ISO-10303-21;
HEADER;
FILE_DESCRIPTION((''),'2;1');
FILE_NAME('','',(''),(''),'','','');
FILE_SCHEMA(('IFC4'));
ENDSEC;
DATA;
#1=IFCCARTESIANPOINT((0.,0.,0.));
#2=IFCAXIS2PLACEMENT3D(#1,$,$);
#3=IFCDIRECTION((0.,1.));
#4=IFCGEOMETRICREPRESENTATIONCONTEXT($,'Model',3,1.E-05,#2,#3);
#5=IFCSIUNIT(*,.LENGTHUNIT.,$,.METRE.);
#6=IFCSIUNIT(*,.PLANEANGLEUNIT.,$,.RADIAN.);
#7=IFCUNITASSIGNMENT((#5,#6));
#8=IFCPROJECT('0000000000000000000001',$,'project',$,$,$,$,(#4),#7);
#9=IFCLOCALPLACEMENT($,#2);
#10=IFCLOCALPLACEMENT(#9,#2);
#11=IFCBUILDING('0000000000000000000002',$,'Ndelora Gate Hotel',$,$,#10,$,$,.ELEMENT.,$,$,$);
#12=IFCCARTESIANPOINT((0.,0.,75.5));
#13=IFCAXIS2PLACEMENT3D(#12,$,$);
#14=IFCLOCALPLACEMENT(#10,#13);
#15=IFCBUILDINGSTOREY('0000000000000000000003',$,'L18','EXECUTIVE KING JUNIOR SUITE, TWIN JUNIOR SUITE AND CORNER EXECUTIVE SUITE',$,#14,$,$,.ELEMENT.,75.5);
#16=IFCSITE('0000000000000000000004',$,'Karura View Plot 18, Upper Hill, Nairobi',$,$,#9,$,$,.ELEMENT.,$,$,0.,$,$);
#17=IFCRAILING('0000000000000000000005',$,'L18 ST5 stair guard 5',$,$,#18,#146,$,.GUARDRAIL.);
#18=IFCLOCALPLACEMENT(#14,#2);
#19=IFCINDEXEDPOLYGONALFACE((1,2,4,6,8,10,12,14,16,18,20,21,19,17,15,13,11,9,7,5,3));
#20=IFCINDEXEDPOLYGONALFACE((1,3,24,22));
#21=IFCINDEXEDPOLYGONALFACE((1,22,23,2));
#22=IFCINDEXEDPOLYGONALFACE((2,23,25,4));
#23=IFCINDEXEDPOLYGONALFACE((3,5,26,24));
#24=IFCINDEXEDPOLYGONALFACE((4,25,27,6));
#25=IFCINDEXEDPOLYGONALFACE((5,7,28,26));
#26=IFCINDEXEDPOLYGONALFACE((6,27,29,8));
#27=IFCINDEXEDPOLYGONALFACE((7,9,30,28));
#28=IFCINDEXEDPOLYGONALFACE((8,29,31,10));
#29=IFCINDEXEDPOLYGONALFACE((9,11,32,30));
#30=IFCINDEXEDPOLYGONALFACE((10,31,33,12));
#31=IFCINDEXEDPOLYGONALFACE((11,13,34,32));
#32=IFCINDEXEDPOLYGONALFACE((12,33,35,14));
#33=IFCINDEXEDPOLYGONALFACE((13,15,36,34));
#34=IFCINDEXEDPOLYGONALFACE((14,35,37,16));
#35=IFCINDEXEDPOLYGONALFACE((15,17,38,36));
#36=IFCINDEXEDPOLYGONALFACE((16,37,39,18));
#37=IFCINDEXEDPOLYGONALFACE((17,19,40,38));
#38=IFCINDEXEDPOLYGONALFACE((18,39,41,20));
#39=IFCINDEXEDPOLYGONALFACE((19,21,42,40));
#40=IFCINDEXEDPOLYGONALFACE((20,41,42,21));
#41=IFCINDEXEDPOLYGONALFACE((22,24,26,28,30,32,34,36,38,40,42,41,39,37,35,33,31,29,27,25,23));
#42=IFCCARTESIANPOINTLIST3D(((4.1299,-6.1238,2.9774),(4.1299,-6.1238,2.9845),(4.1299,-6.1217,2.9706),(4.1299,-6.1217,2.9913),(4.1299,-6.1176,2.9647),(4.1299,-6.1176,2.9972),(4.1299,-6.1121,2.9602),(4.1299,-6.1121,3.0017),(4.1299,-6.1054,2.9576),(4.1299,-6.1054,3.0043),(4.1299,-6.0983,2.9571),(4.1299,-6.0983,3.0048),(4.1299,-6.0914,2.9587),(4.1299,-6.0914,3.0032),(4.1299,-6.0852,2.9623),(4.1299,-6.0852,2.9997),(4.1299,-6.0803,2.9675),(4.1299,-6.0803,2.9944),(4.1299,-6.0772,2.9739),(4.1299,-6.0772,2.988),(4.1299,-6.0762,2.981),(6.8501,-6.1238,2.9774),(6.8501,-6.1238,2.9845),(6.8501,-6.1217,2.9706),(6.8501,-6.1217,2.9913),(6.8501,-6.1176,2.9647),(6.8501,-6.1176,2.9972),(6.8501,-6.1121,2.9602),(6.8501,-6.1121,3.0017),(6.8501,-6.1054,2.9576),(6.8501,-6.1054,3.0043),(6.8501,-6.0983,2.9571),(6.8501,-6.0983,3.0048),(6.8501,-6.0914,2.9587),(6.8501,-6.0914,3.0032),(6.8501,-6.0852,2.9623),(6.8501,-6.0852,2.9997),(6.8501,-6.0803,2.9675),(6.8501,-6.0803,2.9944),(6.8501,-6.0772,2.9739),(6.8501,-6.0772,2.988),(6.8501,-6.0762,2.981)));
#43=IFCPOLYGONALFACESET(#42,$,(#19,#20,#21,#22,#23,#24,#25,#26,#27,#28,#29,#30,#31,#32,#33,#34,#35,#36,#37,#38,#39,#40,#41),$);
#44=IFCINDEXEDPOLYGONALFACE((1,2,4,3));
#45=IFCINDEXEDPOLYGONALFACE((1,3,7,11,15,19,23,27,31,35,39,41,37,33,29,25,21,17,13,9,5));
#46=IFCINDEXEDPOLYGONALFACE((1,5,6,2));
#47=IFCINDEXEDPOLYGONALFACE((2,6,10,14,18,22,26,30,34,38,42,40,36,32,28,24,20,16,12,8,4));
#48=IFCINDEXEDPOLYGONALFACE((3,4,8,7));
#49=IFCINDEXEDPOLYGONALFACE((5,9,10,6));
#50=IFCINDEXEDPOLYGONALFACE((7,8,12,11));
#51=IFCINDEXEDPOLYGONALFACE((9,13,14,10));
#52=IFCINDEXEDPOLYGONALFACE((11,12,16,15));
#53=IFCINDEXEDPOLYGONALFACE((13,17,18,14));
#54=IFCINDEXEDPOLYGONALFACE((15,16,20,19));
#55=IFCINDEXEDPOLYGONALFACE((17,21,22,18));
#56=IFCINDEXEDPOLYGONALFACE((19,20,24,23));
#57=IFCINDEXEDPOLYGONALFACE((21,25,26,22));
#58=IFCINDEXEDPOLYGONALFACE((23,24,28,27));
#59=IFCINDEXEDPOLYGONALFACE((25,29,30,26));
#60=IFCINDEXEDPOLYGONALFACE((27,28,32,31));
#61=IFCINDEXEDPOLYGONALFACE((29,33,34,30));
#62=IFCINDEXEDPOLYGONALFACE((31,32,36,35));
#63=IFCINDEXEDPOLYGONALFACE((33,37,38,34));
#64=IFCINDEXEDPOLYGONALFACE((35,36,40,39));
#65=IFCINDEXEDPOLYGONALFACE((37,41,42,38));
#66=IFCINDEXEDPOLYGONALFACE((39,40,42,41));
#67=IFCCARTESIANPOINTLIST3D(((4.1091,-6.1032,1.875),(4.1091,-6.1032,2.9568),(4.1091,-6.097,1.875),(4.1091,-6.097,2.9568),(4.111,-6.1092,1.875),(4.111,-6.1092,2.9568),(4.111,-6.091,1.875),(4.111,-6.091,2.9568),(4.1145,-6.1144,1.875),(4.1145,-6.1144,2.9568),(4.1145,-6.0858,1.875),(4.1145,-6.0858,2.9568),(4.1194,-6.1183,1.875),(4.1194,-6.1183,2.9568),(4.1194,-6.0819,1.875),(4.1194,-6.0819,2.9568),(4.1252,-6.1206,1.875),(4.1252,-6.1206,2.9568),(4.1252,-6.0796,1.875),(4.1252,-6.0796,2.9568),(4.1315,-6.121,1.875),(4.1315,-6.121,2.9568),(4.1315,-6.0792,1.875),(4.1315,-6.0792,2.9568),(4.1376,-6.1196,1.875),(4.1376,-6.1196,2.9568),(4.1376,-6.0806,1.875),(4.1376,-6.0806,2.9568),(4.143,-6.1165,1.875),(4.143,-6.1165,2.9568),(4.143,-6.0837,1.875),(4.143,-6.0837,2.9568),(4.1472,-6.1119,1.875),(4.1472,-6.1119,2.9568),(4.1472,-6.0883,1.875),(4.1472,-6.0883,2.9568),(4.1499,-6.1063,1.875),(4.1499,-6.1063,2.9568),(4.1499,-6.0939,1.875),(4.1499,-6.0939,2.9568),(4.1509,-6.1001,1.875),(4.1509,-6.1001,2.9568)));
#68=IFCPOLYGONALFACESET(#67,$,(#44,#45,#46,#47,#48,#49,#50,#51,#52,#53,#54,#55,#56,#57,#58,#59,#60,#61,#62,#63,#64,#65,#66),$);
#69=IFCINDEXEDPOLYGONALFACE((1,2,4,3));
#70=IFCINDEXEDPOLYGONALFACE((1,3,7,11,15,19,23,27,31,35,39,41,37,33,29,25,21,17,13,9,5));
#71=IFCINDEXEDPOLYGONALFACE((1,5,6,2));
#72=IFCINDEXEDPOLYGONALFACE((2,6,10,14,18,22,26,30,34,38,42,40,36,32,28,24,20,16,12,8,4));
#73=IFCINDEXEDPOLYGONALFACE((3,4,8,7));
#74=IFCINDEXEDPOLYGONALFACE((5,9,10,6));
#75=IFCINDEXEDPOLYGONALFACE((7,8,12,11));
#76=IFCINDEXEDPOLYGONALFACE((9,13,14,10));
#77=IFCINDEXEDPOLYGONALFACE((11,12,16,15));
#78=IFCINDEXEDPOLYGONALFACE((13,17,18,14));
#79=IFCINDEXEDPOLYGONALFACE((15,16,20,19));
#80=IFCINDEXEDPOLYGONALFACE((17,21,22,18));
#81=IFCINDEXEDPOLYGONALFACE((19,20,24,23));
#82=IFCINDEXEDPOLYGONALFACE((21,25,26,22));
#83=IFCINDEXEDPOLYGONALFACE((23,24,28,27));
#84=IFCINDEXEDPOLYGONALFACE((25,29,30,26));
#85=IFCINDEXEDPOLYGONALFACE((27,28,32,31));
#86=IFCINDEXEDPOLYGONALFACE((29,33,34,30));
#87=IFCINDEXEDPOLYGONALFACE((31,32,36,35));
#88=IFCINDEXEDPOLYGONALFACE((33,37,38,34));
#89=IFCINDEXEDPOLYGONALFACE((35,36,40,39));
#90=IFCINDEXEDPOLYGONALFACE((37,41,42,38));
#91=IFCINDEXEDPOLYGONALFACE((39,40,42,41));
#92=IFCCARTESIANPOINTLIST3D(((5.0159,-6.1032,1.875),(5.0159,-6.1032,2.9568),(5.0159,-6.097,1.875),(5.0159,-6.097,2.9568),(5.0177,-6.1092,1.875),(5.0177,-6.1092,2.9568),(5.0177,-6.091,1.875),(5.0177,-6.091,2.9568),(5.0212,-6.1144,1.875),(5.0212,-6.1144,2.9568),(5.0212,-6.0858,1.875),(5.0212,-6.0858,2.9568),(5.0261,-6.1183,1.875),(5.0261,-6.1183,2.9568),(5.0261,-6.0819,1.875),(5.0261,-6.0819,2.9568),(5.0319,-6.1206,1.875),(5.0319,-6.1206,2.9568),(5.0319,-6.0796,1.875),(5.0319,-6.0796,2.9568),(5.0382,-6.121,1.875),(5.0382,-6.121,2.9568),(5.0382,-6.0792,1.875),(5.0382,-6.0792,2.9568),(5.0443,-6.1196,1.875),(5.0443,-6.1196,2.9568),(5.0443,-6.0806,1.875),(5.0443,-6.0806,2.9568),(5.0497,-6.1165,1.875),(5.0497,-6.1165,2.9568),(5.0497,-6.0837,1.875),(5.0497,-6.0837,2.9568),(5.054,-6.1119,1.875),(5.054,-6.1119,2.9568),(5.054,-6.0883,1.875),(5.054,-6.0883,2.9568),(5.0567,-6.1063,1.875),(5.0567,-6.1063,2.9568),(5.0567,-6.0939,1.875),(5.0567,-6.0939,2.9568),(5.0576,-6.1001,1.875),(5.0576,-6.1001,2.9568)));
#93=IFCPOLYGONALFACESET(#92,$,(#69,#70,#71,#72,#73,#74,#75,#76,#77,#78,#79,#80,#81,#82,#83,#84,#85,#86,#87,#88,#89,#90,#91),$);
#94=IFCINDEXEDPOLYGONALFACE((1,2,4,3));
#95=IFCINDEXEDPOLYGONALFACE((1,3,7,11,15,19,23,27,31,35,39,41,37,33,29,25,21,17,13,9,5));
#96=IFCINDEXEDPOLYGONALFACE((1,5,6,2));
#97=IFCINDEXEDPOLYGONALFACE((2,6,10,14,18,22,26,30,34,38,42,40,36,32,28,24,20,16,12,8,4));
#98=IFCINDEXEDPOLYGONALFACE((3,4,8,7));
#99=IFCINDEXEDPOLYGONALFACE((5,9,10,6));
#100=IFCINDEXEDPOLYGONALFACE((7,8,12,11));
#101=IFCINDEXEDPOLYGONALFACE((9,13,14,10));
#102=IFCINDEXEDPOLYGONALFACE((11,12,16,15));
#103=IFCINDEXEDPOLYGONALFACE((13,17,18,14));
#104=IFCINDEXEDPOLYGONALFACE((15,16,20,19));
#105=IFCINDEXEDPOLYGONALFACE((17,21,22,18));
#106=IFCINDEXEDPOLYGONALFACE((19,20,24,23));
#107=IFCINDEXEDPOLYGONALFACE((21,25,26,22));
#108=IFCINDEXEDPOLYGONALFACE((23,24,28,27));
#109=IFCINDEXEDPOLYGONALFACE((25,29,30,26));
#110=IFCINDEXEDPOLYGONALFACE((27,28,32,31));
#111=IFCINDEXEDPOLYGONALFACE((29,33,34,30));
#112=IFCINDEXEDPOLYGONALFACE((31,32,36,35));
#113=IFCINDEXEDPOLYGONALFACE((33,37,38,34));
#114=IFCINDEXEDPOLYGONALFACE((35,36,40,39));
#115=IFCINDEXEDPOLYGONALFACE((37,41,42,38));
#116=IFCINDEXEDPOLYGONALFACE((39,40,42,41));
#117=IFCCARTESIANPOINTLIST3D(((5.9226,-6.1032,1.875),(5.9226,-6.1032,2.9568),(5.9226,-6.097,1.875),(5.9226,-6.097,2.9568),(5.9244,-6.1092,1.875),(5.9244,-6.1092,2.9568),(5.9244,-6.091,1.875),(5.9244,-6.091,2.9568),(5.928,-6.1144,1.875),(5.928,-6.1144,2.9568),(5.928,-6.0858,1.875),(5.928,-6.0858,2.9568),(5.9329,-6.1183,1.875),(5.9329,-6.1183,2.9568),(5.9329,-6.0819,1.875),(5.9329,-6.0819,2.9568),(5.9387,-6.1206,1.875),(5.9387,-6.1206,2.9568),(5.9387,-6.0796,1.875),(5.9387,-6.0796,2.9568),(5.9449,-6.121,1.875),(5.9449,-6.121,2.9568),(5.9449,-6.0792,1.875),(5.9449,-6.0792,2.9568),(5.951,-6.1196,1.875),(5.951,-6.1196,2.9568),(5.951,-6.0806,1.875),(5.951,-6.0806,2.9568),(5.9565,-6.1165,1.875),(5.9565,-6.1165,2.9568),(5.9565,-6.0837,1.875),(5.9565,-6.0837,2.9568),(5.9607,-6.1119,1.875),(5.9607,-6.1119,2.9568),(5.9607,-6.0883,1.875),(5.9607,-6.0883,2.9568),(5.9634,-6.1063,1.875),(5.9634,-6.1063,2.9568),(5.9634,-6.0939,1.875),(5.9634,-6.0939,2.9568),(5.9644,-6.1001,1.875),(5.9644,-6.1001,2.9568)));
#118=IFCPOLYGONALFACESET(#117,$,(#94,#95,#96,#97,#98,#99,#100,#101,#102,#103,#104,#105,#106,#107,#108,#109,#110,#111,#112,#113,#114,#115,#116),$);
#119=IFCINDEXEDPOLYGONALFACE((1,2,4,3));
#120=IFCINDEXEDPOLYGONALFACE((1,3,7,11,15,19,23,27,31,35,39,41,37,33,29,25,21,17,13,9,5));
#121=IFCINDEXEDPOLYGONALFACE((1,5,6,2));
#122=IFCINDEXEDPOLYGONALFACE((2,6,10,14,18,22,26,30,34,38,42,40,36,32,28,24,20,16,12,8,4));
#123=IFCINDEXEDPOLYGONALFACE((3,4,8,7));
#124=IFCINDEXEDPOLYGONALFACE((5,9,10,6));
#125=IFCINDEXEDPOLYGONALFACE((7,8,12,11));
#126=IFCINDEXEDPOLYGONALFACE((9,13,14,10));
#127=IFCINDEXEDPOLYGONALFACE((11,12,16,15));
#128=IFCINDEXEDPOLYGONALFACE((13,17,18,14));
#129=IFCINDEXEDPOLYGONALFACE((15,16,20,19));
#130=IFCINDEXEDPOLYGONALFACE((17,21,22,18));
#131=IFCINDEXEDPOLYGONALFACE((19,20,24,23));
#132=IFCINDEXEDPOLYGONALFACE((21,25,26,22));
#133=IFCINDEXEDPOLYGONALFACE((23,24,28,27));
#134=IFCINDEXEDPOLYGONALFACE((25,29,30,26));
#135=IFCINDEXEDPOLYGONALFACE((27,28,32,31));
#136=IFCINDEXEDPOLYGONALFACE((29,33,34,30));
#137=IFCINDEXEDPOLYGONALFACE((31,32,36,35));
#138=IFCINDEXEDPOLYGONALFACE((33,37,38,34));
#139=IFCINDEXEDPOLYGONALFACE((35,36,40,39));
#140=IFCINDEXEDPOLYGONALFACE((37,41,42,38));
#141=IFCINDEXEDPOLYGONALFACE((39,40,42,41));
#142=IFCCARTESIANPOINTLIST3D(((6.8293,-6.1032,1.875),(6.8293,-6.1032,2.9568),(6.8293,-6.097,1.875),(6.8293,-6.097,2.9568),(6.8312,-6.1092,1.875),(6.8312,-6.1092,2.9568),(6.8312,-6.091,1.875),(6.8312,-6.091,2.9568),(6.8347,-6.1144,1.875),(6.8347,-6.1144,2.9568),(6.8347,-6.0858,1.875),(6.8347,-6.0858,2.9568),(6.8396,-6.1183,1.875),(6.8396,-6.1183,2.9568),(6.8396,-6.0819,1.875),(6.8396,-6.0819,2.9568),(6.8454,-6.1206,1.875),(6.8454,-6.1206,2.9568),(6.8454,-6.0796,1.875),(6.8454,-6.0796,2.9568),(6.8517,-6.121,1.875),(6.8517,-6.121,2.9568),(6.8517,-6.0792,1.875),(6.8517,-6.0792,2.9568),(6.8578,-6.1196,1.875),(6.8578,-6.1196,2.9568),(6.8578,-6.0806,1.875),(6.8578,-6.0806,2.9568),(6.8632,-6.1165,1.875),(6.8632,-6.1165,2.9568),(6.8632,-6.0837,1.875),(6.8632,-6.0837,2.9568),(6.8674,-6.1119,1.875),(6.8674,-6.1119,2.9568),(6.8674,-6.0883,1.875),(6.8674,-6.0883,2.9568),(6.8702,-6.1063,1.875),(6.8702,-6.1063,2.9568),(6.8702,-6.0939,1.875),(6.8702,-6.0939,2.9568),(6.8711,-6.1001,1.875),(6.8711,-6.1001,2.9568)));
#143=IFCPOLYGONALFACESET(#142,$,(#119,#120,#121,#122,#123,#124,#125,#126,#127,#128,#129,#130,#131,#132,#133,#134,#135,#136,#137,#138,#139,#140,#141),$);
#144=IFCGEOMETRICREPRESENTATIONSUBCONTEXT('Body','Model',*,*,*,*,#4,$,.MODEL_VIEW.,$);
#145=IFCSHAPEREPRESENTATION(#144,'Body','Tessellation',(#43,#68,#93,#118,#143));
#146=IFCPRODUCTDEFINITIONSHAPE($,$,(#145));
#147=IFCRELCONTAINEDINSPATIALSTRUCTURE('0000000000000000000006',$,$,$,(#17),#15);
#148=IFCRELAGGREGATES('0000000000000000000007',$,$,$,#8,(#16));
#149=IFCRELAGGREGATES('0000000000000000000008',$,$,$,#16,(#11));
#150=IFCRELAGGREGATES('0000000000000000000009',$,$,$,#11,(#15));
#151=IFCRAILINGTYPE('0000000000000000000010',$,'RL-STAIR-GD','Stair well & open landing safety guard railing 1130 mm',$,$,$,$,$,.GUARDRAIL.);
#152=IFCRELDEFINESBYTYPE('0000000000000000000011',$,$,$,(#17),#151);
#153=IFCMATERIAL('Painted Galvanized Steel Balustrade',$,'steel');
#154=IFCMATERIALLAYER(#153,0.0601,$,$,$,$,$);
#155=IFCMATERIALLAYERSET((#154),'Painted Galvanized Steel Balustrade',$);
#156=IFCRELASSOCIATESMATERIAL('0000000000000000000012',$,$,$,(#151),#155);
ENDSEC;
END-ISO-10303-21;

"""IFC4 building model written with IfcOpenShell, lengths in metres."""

from ifc_helpers import new_model, si_unit, direction, frame, origin, origin_2d, place, context, subcontext, project, spatial, circle, extrude, material, layer, layer_set, type_object, element, save


model = new_model("IFC4")

# Units and contexts
model_context = context("Model", 3, precision=1e-05, world=origin(), true_north=direction((0.0, 1.0)))
body_context = subcontext(model_context, "Body", "Model", "MODEL_VIEW")
ifc_project = project(units=[si_unit("LENGTHUNIT", "METRE"), si_unit("PLANEANGLEUNIT", "RADIAN")], contexts=[model_context])

# Site, building, storey
site_placement = place(None, origin())
site = spatial("IfcSite", under=ifc_project, at=site_placement, Name="Karura View Plot 18, Upper Hill, Nairobi", CompositionType="ELEMENT", RefElevation=0.0)
building_placement = place(site_placement, origin())
building = spatial("IfcBuilding", under=site, at=building_placement, Name="Ndelora Gate Hotel", CompositionType="ELEMENT")
storey_placement = place(building_placement, frame((0.0, 0.0, 75.5)))
storey = spatial("IfcBuildingStorey", under=building, at=storey_placement, Name="L18", Description="EXECUTIVE KING JUNIOR SUITE, TWIN JUNIOR SUITE AND CORNER EXECUTIVE SUITE", CompositionType="ELEMENT", Elevation=75.5)

# Railing
ifc_material_1 = material(Name="Painted Galvanized Steel Balustrade", Category="steel")
ifc_layer_1 = layer(ifc_material_1, 0.0601)
ifc_layer_set_1 = layer_set([ifc_layer_1], Name="Painted Galvanized Steel Balustrade")
railing_type = type_object("IfcRailingType", Name="RL-STAIR-GD", Description="Stair well & open landing safety guard railing 1130 mm", PredefinedType="GUARDRAIL", material=ifc_layer_set_1)
railing_1_placement = place(storey_placement, frame((4.1299, -6.1001, 1.875)))
element("IfcRailing", 1, at=railing_1_placement, inside=storey, type_object=railing_type, Name="L18 ST5 stair guard 5", PredefinedType="GUARDRAIL", context=body_context, shape_type="SweptSolid", body=[
    extrude(circle(Radius=0.0239, at=origin_2d()), frame((0.0, 0.0, 1.106), z_axis=(1.0, 0.0, 0.0), x_axis=(0.0, 1.0, 0.0)), (0.0, 0.0, 1.0), 2.7202),
    extrude(circle(Radius=0.021, at=origin_2d()), origin(), (0.0, 0.0, 1.0), 1.0818),
    extrude(circle(Radius=0.021, at=origin_2d()), frame((0.9067, 0.0, 0.0)), (0.0, 0.0, 1.0), 1.0818),
    extrude(circle(Radius=0.021, at=origin_2d()), frame((1.8135, 0.0, 0.0)), (0.0, 0.0, 1.0), 1.0818),
    extrude(circle(Radius=0.021, at=origin_2d()), frame((2.7202, 0.0, 0.0)), (0.0, 0.0, 1.0), 1.0818),
])

save(model, "model.ifc")
